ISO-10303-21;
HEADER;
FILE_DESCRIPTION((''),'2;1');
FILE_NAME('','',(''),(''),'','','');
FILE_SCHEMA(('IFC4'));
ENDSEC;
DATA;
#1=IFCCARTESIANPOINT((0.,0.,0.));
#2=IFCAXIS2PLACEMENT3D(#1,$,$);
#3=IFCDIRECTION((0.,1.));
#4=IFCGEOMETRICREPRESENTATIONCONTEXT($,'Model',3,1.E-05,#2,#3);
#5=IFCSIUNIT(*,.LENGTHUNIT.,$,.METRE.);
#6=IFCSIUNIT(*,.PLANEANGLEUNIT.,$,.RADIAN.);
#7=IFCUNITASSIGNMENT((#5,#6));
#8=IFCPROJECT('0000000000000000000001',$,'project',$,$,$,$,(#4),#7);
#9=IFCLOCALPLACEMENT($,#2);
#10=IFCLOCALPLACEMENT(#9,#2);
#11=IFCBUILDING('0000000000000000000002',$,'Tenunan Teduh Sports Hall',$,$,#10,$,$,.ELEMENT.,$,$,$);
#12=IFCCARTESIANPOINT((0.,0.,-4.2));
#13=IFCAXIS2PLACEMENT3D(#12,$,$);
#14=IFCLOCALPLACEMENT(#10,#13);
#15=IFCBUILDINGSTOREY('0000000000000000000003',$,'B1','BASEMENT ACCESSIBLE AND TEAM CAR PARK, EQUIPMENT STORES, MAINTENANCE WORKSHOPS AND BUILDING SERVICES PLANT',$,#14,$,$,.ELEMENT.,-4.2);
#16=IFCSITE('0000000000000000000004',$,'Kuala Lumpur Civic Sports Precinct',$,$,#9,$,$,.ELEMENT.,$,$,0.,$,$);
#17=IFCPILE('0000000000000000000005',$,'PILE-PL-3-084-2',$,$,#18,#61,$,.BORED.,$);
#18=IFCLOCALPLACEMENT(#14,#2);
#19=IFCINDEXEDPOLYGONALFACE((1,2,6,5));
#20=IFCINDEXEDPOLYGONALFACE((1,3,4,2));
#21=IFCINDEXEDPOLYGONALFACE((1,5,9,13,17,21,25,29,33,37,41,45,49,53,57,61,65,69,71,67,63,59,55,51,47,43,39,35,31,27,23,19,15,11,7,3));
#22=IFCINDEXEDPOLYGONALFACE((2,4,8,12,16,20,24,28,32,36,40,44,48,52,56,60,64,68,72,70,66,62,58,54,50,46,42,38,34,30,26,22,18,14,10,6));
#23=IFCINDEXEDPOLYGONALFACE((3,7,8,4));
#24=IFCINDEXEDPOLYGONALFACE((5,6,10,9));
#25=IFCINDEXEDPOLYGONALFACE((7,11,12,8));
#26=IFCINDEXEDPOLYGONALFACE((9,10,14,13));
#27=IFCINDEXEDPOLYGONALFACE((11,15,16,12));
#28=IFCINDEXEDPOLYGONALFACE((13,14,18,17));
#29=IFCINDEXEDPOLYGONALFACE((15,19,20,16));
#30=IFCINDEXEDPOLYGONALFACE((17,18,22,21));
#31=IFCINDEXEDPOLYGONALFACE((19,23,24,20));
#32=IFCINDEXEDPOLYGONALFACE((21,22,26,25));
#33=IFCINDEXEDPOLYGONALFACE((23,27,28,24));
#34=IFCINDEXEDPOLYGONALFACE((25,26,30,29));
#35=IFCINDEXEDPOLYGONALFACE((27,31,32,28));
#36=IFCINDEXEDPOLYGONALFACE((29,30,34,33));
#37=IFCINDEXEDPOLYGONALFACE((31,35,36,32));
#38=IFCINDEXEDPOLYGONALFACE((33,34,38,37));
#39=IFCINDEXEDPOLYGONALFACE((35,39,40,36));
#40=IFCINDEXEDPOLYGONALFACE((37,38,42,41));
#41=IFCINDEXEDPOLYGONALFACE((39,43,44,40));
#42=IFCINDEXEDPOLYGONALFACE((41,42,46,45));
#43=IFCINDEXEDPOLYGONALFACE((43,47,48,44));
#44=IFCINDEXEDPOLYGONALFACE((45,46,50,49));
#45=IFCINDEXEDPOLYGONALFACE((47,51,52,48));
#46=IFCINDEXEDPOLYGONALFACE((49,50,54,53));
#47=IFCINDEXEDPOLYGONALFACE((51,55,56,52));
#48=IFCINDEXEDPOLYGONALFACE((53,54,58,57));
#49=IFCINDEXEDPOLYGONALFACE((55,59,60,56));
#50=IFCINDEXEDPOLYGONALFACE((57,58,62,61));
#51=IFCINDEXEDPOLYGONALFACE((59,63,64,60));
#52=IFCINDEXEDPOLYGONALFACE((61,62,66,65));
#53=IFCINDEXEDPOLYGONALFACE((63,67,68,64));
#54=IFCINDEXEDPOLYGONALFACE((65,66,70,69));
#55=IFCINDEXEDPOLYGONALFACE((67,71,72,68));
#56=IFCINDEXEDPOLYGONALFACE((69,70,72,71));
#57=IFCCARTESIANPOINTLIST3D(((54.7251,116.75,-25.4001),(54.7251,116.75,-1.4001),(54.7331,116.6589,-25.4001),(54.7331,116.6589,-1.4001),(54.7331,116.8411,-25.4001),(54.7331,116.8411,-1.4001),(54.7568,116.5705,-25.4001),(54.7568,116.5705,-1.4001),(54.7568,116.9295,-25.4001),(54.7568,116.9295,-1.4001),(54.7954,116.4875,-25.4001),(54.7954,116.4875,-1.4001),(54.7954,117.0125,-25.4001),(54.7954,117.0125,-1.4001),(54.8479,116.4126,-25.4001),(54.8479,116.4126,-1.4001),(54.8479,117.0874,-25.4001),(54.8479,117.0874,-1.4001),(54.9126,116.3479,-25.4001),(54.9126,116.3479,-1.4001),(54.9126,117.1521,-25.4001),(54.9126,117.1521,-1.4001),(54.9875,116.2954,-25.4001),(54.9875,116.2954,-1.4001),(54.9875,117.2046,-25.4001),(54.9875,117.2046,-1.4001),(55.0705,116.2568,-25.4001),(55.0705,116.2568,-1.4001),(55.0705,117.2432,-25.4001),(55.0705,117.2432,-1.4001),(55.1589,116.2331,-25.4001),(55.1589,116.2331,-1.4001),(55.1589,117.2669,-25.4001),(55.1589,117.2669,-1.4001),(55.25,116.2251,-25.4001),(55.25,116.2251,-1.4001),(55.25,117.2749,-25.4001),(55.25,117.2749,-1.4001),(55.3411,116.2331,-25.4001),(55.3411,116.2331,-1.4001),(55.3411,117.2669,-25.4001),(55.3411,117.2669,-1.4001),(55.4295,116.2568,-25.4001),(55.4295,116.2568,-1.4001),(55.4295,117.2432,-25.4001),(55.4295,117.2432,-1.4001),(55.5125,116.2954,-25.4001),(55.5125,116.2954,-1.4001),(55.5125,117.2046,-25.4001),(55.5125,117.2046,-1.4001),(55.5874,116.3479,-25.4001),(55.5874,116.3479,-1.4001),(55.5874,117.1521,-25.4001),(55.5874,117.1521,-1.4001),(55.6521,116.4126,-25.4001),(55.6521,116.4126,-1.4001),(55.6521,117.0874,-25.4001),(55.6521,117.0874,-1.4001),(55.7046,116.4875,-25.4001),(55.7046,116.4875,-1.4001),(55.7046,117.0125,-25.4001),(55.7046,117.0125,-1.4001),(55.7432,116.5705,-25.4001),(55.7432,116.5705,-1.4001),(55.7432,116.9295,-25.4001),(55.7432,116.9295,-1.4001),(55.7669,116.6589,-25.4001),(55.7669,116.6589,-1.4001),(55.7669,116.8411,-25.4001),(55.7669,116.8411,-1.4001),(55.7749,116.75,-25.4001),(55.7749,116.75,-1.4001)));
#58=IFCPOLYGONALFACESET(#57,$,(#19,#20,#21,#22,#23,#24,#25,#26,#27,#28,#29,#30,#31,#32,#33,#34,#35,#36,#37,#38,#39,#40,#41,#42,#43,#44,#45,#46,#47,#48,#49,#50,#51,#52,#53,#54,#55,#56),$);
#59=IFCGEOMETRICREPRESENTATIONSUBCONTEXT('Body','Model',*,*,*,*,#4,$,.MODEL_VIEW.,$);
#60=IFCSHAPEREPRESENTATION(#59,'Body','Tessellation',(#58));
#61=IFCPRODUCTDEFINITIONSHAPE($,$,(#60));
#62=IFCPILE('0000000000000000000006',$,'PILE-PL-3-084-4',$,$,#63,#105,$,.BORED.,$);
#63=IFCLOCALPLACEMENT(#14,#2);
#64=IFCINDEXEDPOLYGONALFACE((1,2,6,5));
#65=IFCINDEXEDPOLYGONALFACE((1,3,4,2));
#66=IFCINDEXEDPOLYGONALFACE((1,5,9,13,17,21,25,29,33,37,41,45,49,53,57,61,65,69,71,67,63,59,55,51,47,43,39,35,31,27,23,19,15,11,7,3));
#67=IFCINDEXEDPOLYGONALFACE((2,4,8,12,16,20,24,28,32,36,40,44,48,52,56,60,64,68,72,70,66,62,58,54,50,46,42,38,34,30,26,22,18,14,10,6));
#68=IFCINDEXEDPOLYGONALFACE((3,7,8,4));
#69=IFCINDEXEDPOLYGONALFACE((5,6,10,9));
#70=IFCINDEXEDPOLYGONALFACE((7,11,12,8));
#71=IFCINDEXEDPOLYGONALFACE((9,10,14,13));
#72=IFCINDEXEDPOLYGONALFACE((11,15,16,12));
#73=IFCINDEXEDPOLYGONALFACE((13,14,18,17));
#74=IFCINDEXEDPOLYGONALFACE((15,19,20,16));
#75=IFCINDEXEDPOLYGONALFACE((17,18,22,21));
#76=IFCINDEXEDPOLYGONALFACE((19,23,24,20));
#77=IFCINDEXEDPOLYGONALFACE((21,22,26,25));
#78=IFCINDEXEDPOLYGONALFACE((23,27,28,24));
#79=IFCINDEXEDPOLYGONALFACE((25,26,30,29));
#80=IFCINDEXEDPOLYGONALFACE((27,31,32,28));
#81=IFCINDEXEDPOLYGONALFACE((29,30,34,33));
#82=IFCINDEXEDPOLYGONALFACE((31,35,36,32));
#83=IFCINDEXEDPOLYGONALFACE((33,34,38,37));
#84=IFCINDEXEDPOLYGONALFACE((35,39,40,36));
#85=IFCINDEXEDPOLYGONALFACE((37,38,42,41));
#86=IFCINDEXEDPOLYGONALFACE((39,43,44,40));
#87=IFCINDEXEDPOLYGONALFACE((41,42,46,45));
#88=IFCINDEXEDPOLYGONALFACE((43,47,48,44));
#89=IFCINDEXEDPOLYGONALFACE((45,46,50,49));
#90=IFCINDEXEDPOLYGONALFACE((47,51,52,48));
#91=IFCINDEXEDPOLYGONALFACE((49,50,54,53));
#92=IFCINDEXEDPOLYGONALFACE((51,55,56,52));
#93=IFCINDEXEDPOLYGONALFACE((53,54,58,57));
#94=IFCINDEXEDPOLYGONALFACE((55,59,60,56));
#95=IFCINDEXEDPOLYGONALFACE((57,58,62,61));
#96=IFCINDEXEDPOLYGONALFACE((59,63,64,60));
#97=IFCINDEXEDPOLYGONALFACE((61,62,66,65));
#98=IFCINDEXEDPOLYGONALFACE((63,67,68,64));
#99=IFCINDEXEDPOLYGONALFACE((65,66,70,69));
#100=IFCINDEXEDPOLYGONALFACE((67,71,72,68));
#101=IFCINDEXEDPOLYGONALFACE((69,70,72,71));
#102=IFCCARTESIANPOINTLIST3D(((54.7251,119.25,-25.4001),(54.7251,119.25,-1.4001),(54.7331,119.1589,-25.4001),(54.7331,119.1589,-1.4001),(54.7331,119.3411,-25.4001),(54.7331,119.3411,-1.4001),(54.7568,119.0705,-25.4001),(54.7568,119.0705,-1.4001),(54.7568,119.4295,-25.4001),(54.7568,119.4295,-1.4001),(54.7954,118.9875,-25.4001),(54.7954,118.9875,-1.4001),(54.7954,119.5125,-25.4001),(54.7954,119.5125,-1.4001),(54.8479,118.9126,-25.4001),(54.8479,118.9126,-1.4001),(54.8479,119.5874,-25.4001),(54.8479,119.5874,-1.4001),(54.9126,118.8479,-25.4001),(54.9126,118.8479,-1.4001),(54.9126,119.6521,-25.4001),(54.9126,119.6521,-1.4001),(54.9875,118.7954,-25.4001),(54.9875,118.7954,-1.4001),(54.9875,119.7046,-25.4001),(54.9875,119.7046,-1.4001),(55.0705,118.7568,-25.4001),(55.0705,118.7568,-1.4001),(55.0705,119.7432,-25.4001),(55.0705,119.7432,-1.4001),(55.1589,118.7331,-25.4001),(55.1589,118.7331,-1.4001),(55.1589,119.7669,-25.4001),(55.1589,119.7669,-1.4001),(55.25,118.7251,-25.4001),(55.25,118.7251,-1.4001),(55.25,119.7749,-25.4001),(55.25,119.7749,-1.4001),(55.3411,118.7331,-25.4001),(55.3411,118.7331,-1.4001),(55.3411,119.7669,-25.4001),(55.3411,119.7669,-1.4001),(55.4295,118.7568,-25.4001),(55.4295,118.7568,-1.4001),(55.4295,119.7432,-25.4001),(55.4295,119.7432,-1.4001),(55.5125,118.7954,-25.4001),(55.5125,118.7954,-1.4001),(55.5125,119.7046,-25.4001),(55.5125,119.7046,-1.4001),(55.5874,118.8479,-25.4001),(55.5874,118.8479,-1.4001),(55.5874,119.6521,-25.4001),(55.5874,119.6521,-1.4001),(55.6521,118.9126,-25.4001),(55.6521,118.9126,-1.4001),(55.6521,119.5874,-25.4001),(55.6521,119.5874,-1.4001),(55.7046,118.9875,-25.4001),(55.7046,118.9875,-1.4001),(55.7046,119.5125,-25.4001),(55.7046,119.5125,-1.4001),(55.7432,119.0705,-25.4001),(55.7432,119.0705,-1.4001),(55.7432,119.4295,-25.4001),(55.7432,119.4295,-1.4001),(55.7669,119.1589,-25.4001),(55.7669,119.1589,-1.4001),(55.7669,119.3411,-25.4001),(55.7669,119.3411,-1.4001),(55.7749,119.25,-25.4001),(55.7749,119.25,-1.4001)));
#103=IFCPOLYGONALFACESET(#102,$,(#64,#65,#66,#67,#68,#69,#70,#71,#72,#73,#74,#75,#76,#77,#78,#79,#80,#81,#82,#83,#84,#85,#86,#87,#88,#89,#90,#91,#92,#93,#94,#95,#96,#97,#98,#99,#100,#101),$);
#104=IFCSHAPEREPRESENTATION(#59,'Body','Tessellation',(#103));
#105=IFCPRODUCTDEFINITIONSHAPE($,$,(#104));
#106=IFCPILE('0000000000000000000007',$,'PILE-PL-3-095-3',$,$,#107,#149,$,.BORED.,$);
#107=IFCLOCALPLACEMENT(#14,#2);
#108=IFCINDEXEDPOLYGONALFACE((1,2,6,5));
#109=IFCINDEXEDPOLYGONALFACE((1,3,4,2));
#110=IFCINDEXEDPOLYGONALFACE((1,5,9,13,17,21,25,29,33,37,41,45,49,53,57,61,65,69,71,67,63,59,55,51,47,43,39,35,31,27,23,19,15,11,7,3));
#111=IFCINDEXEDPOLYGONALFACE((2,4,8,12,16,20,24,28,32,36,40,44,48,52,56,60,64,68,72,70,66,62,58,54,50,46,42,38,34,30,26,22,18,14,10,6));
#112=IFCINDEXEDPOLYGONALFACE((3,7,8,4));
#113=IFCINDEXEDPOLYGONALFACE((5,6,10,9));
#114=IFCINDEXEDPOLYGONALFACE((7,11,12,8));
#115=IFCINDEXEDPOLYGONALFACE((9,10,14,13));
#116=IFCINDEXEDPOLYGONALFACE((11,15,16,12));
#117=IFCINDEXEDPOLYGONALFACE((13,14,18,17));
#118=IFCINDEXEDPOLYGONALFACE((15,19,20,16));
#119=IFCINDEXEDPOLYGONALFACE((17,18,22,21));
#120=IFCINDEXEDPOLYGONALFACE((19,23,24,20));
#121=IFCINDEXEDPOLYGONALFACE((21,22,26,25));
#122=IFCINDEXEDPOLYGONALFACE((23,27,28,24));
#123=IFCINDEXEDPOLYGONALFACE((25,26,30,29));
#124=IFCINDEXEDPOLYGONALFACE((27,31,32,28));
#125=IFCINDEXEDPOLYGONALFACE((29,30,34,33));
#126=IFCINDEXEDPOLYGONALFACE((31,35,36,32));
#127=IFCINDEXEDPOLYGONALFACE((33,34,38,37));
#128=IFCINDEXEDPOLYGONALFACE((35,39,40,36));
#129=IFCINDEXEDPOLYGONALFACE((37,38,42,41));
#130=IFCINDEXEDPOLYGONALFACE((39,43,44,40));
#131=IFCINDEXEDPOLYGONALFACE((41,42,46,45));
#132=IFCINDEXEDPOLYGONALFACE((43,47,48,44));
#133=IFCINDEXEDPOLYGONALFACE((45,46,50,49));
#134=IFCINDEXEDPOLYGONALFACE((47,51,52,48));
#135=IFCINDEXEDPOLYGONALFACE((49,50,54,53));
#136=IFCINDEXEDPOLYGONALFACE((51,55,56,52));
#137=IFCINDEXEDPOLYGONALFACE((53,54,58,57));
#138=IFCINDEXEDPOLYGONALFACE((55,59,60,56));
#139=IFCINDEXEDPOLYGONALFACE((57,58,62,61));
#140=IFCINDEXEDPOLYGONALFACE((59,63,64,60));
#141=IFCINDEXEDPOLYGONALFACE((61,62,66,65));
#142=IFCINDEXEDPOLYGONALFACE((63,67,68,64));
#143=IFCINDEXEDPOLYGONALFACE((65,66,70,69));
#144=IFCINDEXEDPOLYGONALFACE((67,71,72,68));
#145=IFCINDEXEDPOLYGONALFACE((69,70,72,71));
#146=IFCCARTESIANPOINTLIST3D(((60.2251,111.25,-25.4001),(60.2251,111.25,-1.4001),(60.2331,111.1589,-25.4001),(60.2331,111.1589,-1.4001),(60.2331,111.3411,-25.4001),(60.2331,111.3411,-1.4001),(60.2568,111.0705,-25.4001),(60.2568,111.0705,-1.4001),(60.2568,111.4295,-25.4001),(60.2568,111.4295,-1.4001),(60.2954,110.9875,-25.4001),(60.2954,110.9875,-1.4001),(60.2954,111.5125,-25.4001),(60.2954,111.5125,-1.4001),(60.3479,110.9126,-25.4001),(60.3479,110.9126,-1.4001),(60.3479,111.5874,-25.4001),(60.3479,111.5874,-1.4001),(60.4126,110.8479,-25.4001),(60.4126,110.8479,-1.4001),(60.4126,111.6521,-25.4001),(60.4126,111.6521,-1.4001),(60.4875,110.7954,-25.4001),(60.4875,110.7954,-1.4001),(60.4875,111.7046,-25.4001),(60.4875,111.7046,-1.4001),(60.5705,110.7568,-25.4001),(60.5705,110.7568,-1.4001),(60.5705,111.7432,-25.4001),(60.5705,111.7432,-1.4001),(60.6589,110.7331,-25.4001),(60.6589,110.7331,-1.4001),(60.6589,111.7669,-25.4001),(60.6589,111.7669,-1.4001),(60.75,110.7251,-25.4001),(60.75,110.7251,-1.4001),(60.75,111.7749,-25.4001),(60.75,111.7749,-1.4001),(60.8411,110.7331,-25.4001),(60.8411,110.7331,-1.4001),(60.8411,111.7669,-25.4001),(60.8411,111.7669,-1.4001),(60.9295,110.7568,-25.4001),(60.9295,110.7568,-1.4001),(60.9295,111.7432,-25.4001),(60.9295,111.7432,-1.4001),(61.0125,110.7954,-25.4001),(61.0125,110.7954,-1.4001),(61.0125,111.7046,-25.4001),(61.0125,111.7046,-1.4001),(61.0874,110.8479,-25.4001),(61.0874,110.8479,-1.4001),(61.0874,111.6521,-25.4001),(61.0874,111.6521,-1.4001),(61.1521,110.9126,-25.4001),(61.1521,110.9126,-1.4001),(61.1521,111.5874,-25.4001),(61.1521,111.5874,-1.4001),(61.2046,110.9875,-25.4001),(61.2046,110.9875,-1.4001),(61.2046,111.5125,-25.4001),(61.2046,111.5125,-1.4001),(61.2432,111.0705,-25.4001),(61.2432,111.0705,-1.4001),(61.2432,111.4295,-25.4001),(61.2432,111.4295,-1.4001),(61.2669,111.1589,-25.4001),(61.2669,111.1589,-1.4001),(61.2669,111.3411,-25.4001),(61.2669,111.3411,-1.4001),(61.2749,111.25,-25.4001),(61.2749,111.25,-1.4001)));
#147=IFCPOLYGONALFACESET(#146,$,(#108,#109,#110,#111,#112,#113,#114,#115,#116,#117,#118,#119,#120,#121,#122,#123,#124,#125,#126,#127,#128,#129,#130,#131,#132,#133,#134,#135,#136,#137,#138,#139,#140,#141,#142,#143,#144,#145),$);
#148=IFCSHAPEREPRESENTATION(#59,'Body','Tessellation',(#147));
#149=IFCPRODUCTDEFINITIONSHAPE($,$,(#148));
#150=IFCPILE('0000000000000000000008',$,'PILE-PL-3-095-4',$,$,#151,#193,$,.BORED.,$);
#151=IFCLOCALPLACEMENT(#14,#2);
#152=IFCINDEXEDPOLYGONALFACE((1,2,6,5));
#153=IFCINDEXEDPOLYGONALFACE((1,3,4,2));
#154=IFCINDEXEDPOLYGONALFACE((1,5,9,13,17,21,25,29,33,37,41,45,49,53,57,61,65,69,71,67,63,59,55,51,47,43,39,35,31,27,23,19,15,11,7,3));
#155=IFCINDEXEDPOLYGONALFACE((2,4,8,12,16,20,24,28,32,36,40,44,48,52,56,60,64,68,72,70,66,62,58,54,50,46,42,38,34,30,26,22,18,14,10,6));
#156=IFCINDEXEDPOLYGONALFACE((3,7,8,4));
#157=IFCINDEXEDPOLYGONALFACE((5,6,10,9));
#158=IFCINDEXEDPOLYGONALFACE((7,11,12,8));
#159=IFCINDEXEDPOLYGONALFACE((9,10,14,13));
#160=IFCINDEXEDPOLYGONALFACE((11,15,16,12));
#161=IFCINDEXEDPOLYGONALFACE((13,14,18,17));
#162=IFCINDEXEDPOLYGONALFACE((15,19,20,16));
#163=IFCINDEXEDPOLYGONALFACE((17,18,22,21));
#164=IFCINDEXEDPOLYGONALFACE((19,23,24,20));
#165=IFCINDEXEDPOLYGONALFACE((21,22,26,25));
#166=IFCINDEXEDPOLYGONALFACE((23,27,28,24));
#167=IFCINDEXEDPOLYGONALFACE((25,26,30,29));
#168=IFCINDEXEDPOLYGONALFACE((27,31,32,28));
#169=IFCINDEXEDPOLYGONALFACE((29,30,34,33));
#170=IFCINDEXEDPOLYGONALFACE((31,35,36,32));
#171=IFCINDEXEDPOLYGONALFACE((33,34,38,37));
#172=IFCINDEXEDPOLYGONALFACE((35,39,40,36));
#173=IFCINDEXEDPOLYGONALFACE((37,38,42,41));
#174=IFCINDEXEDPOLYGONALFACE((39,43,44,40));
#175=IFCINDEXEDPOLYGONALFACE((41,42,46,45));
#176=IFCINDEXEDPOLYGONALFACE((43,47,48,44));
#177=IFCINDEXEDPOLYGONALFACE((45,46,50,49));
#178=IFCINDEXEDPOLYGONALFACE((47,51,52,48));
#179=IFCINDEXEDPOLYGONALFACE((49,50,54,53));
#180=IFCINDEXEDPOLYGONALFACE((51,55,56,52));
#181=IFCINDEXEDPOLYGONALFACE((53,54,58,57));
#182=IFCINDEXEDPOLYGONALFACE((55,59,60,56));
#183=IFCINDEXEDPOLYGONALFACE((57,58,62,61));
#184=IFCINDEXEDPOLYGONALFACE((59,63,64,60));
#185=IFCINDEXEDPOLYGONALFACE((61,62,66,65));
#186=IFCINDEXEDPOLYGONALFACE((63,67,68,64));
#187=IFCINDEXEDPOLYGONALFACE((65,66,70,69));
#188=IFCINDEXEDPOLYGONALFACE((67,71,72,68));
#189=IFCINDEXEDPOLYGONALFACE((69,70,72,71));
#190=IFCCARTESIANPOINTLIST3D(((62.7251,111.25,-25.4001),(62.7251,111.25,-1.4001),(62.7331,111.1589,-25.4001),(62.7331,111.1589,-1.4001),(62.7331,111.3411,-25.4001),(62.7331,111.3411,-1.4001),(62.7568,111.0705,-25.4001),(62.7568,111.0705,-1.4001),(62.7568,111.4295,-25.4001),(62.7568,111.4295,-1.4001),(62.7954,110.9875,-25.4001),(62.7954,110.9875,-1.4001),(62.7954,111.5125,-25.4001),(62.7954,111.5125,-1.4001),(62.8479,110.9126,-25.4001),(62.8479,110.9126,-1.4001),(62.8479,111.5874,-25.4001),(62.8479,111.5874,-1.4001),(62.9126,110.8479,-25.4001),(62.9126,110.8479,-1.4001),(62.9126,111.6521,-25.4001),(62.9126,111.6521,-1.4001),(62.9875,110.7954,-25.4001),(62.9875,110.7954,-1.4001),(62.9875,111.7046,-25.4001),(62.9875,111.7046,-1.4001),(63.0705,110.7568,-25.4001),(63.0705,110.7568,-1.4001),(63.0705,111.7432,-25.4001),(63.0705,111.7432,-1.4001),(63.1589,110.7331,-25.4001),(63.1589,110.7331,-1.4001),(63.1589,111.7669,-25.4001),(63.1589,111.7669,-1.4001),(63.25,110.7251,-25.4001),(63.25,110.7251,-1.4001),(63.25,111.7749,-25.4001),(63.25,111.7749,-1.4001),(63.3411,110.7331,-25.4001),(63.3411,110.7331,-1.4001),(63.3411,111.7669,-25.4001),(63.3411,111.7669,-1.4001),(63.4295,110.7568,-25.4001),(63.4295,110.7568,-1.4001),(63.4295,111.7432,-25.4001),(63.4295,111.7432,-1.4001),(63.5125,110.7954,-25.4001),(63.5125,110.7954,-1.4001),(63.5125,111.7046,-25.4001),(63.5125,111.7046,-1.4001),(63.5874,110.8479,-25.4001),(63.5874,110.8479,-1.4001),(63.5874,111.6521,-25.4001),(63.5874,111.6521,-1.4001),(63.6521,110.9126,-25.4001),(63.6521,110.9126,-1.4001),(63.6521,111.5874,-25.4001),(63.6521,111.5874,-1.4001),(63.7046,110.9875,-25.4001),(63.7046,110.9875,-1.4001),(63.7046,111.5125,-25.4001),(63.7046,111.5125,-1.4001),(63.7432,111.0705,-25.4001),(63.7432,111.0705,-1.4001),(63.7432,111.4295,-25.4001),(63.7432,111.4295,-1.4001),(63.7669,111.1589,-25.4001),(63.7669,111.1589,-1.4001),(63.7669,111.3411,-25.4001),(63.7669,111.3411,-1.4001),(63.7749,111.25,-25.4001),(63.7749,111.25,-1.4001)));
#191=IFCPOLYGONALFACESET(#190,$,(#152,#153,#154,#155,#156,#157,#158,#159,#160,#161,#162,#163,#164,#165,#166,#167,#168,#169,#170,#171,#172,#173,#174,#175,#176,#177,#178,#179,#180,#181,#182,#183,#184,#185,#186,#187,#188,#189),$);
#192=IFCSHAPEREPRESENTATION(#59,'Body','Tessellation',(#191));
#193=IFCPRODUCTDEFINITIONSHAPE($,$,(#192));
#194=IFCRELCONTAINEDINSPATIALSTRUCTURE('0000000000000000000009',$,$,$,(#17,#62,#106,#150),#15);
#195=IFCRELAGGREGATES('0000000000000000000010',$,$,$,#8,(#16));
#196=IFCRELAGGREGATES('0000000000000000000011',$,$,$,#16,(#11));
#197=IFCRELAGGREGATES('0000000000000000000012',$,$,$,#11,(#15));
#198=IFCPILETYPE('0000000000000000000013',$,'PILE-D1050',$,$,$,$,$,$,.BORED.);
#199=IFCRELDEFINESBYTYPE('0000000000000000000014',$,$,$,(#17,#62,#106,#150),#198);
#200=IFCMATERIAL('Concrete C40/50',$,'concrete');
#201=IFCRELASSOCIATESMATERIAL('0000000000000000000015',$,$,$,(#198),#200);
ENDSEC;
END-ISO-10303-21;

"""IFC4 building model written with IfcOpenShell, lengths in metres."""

from ifc_helpers import new_model, si_unit, direction, frame, origin, origin_2d, place, context, subcontext, project, spatial, circle, extrude, material, material_profile, profile_set, type_object, element, save


model = new_model("IFC4")

# Units and contexts
model_context = context("Model", 3, precision=1e-05, world=origin(), true_north=direction((0.0, 1.0)))
body_context = subcontext(model_context, "Body", "Model", "MODEL_VIEW")
ifc_project = project(units=[si_unit("LENGTHUNIT", "METRE"), si_unit("PLANEANGLEUNIT", "RADIAN")], contexts=[model_context])

# Site, building, storey
site_placement = place(None, origin())
site = spatial("IfcSite", under=ifc_project, at=site_placement, Name="Kuala Lumpur Civic Sports Precinct", CompositionType="ELEMENT", RefElevation=0.0)
building_placement = place(site_placement, origin())
building = spatial("IfcBuilding", under=site, at=building_placement, Name="Tenunan Teduh Sports Hall", CompositionType="ELEMENT")
storey_placement = place(building_placement, frame((0.0, 0.0, -4.2)))
storey = spatial("IfcBuildingStorey", under=building, at=storey_placement, Name="B1", Description="BASEMENT ACCESSIBLE AND TEAM CAR PARK, EQUIPMENT STORES, MAINTENANCE WORKSHOPS AND BUILDING SERVICES PLANT", CompositionType="ELEMENT", Elevation=-4.2)

# Piles
ifc_material_1 = material(Name="Concrete C40/50", Category="concrete")
ifc_material_profile_1 = material_profile(ifc_material_1, circle(Radius=0.5249, at=origin_2d()), Name="PILE D1050")
ifc_profile_set_1 = profile_set([ifc_material_profile_1], Name="Concrete C40/50")
pile_type_1 = type_object("IfcPileType", Name="PILE-D1050", PredefinedType="BORED", material=ifc_profile_set_1)
for number, where, z_axis, x_axis, name in (
    (1, (55.25, 116.75, -1.4001), (0.0, 0.0, -1.0), (1.0, 0.0, 0.0), "PILE-PL-3-084-2"),
    (2, (55.25, 119.25, -1.4001), (0.0, 0.0, -1.0), (1.0, 0.0, 0.0), "PILE-PL-3-084-4"),
    (3, (60.75, 111.25, -1.4001), (0.0, 0.0, -1.0), (1.0, 0.0, 0.0), "PILE-PL-3-095-3"),
    (4, (63.25, 111.25, -1.4001), (0.0, 0.0, -1.0), (1.0, 0.0, 0.0), "PILE-PL-3-095-4"),
):
    element("IfcPile", number, at=place(storey_placement, frame(where, z_axis=z_axis, x_axis=x_axis)), inside=storey, type_object=pile_type_1, Name=name, PredefinedType="BORED", context=body_context, shape_type="SweptSolid", body=[
        extrude(circle(Radius=0.5249, at=origin_2d()), origin(), (0.0, 0.0, 1.0), 24.0),
    ])

save(model, "model.ifc")
